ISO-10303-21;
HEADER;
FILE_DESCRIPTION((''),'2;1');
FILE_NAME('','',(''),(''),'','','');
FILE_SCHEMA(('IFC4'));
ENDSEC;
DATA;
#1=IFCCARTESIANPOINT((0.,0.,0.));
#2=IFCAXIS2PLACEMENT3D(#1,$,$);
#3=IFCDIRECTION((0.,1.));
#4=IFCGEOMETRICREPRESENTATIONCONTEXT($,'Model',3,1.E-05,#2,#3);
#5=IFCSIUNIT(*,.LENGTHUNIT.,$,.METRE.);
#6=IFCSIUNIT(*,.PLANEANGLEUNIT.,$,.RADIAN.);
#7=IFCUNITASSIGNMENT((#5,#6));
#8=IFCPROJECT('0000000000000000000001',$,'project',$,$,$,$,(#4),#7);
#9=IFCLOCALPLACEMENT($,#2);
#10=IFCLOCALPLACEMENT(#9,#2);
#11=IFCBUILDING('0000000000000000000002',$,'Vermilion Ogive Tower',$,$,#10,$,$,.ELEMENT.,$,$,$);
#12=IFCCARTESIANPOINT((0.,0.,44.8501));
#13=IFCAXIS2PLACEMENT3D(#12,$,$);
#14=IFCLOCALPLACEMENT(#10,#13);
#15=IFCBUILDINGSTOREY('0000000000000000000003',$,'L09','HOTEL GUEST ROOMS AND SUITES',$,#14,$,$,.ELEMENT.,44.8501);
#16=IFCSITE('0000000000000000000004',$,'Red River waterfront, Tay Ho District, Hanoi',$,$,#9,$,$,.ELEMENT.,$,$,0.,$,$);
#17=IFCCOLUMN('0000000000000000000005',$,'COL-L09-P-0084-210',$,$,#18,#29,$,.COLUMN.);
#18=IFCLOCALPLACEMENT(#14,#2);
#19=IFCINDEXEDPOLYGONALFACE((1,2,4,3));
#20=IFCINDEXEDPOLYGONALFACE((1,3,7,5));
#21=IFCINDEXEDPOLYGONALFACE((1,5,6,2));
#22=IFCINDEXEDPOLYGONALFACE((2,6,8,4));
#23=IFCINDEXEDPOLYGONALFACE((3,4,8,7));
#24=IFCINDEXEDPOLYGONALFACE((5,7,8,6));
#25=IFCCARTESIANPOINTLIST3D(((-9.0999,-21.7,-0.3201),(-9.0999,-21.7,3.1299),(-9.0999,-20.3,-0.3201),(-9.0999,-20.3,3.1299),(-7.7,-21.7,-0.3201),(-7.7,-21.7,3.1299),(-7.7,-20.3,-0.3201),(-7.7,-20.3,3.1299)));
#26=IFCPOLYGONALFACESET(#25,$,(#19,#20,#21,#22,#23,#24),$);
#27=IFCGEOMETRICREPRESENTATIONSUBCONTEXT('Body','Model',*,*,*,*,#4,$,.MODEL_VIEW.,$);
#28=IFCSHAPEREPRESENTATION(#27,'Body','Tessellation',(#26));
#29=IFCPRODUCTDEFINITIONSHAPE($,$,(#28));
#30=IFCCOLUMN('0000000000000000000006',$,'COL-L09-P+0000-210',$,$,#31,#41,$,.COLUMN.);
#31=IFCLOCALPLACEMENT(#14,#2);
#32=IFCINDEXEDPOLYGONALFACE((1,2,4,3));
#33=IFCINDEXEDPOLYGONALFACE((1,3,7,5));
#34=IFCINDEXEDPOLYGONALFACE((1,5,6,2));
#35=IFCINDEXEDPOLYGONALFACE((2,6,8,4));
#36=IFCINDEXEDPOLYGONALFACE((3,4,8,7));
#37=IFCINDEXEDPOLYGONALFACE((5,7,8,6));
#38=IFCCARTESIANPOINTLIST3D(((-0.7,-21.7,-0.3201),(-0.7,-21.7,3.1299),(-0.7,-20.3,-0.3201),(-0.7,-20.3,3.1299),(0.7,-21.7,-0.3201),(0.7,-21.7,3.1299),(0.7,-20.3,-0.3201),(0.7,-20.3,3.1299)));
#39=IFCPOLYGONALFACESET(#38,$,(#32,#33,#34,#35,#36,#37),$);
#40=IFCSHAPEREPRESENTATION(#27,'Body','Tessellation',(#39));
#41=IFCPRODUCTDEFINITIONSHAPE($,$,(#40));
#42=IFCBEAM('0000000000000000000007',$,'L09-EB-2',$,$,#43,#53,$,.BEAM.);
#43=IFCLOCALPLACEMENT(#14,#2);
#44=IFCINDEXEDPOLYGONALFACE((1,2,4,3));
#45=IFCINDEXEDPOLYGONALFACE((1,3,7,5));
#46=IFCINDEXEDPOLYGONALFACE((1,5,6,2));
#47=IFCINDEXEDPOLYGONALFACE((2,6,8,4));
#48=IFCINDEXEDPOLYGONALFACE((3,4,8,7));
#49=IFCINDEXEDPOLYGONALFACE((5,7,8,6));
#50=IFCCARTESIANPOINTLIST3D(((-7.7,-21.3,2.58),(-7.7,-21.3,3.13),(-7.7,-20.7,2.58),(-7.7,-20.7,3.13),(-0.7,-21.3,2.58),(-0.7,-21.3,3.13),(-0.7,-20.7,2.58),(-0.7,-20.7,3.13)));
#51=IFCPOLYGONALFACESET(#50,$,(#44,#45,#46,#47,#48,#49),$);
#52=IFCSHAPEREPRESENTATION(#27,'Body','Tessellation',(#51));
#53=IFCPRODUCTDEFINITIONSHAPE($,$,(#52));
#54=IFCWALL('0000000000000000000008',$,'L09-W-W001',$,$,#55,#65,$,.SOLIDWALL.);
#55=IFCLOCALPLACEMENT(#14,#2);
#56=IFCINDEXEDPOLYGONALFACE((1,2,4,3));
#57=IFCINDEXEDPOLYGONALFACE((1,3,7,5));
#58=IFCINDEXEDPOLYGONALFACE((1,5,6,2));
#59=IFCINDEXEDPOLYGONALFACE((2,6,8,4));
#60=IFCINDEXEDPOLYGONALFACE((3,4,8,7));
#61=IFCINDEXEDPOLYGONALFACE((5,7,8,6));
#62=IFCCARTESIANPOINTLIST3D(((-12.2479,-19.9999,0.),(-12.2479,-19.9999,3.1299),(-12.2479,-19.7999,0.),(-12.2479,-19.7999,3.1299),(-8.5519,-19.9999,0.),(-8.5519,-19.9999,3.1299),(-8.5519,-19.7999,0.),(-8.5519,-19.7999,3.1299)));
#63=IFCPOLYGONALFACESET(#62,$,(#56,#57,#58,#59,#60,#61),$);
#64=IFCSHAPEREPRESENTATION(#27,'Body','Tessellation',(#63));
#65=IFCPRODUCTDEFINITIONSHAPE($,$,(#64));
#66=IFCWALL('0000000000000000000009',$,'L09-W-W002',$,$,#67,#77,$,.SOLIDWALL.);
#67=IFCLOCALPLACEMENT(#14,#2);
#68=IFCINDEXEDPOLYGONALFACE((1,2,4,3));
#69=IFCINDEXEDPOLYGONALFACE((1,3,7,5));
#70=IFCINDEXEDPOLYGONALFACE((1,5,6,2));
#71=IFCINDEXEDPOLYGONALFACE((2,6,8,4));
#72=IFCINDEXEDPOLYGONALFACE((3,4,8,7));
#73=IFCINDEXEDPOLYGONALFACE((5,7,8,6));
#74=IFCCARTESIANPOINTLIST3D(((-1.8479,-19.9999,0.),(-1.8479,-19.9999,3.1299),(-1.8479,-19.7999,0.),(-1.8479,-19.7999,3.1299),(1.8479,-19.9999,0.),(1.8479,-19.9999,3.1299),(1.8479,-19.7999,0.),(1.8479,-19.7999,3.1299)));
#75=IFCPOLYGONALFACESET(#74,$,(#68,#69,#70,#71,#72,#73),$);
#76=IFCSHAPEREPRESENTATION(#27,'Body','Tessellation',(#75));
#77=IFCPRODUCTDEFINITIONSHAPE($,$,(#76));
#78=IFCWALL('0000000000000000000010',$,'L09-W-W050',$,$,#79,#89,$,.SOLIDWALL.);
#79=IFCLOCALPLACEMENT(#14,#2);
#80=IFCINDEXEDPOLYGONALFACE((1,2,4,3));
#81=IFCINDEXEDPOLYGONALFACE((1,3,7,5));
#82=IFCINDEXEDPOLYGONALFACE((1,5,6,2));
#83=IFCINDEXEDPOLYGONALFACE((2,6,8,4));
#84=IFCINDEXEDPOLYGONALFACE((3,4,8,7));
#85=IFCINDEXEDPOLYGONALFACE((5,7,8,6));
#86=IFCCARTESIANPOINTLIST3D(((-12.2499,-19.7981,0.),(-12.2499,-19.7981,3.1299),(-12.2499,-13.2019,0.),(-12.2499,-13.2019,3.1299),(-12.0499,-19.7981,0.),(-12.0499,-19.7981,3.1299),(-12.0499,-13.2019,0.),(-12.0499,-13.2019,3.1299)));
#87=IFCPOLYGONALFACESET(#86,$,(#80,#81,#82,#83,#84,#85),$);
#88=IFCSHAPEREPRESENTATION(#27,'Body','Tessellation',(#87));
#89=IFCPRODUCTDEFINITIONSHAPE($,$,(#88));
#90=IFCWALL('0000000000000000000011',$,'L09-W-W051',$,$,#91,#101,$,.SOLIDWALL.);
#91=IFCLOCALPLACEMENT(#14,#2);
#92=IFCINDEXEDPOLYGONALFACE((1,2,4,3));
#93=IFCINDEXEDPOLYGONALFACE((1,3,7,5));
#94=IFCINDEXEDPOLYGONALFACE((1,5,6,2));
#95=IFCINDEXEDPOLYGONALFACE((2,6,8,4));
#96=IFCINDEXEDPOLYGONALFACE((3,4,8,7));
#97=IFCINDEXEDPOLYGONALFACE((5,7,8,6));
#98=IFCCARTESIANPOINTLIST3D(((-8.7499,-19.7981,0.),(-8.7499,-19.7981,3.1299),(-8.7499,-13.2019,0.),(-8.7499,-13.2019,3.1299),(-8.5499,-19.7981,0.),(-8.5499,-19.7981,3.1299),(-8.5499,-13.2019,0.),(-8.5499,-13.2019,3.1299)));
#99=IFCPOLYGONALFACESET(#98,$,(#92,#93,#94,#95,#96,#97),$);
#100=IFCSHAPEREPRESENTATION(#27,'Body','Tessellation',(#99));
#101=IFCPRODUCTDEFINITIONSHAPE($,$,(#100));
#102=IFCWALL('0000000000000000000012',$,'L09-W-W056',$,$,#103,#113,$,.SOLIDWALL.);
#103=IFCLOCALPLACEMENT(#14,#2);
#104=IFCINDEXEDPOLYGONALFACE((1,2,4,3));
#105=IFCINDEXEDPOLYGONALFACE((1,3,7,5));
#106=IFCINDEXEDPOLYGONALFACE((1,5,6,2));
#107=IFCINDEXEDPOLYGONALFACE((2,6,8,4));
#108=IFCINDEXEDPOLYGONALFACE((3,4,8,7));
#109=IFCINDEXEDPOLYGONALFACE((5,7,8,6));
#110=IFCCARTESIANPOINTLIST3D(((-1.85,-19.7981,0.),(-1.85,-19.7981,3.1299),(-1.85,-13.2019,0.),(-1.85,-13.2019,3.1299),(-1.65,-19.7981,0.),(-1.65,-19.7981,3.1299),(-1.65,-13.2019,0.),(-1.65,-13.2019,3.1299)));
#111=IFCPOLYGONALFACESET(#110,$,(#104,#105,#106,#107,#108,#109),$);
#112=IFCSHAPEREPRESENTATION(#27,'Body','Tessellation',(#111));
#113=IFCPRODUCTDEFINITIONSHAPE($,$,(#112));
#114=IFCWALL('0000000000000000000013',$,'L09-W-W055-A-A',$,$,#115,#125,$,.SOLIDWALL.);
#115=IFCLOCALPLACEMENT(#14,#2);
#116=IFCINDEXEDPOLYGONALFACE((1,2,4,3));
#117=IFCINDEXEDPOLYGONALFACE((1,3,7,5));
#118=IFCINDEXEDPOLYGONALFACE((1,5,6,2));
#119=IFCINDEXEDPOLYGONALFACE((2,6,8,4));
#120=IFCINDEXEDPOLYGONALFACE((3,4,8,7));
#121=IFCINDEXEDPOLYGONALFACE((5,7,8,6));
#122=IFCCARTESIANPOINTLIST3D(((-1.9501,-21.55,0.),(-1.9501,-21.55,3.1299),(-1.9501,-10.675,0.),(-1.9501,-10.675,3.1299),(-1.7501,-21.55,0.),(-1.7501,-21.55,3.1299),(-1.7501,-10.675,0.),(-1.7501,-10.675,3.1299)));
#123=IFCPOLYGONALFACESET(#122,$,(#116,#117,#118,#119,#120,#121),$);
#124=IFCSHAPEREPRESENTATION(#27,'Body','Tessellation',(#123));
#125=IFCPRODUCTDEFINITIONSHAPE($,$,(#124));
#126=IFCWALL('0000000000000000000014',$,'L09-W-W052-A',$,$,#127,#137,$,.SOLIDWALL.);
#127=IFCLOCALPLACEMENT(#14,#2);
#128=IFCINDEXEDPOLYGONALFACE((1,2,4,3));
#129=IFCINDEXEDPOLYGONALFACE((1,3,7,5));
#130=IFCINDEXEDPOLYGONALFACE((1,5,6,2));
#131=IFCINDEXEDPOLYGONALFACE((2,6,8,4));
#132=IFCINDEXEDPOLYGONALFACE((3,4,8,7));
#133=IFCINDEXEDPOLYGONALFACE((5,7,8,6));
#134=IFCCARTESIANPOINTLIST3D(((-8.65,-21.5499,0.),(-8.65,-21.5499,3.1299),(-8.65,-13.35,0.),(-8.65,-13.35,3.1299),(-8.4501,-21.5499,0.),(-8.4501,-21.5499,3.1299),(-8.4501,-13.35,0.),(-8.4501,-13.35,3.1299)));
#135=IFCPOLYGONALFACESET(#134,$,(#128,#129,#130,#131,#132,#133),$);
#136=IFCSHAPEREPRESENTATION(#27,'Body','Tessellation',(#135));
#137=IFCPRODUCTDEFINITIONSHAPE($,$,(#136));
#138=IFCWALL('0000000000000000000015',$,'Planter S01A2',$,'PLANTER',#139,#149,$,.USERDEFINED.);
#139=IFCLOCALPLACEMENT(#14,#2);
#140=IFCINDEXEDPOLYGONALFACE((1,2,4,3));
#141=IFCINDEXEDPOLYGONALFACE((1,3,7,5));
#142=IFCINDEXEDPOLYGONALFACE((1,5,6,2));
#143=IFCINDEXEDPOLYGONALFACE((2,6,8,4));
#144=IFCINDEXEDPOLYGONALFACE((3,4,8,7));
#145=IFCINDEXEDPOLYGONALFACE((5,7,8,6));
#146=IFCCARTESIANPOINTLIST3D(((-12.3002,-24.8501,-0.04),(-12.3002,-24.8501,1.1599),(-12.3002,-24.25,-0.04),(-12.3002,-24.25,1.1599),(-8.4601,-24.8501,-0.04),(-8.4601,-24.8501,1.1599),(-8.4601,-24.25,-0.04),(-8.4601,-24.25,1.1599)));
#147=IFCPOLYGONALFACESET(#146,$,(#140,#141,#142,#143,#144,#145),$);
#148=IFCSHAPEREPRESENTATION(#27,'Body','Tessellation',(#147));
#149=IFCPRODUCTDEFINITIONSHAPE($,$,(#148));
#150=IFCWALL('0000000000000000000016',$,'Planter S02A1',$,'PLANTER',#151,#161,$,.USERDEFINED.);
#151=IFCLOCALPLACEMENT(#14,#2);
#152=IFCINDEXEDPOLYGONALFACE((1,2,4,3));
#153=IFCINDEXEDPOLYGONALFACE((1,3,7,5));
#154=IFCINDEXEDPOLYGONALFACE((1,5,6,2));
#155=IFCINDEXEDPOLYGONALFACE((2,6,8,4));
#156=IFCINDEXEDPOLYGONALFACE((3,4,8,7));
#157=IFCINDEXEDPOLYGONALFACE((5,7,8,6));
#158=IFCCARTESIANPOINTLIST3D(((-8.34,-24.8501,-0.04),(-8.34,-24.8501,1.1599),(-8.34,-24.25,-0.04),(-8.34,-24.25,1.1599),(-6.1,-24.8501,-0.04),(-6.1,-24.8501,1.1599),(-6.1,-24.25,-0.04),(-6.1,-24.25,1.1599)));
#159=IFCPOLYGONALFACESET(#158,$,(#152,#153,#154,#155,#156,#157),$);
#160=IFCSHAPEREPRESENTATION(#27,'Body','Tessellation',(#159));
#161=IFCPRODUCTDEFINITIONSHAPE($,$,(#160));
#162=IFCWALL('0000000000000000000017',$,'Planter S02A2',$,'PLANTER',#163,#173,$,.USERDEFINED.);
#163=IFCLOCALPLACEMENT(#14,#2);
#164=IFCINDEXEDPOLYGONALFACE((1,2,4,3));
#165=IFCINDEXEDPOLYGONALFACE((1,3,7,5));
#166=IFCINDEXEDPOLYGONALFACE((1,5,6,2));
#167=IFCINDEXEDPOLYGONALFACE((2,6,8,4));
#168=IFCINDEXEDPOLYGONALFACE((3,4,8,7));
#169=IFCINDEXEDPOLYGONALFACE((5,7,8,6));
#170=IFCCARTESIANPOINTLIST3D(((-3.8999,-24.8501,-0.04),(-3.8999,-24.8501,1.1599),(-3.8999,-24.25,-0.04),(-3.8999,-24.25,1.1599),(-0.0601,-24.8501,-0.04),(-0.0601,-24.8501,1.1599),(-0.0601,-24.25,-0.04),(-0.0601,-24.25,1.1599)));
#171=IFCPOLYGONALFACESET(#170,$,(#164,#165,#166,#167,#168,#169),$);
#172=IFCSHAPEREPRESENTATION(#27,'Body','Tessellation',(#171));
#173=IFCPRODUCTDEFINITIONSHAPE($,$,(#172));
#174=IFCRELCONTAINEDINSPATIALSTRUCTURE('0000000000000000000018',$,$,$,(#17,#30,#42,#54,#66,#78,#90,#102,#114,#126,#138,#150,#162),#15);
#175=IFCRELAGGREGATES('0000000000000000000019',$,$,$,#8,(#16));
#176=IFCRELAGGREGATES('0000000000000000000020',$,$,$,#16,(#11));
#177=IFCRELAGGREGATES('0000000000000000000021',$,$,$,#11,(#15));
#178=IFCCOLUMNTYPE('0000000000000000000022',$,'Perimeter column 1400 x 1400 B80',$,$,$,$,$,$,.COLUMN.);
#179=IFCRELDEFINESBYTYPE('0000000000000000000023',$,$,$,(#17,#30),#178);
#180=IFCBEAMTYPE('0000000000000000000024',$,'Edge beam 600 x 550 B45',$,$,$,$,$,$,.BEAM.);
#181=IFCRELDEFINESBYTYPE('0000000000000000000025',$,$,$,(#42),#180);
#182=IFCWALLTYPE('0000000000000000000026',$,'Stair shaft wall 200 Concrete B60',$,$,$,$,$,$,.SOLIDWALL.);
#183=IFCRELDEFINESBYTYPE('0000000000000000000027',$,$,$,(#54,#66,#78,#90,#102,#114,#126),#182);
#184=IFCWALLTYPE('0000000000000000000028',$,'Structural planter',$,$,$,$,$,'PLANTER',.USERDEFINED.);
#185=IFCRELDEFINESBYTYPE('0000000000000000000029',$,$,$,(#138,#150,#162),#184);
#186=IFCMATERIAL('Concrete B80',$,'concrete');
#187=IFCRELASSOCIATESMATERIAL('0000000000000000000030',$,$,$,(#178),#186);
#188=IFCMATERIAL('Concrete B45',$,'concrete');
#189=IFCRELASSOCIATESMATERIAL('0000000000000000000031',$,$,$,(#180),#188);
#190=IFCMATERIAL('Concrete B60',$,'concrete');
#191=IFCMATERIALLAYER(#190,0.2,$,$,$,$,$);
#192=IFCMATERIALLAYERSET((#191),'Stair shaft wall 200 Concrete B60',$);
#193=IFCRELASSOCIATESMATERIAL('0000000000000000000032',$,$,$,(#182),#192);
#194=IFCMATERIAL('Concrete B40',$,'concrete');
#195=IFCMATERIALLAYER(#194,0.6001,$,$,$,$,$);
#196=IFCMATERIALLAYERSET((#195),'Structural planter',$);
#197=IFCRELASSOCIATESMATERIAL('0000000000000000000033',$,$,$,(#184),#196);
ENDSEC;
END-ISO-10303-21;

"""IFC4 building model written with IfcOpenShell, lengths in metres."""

from ifc_helpers import new_model, si_unit, direction, frame, frame_2d, origin, origin_2d, place, context, subcontext, project, spatial, rectangle, extrude, material, layer, layer_set, material_profile, profile_set, type_object, element, save


model = new_model("IFC4")

# Units and contexts
model_context = context("Model", 3, precision=1e-05, world=origin(), true_north=direction((0.0, 1.0)))
body_context = subcontext(model_context, "Body", "Model", "MODEL_VIEW")
ifc_project = project(units=[si_unit("LENGTHUNIT", "METRE"), si_unit("PLANEANGLEUNIT", "RADIAN")], contexts=[model_context])

# Site, building, storey
site_placement = place(None, origin())
site = spatial("IfcSite", under=ifc_project, at=site_placement, Name="Red River waterfront, Tay Ho District, Hanoi", CompositionType="ELEMENT", RefElevation=0.0)
building_placement = place(site_placement, origin())
building = spatial("IfcBuilding", under=site, at=building_placement, Name="Vermilion Ogive Tower", CompositionType="ELEMENT")
storey_placement = place(building_placement, frame((0.0, 0.0, 44.8501)))
storey = spatial("IfcBuildingStorey", under=building, at=storey_placement, Name="L09", Description="HOTEL GUEST ROOMS AND SUITES", CompositionType="ELEMENT", Elevation=44.8501)

# Columns
ifc_material_1 = material(Name="Concrete B80", Category="concrete")
ifc_material_profile_1 = material_profile(ifc_material_1, rectangle(XDim=1.3999, YDim=1.3999, at=origin_2d()), Name="1400 x 1400")
ifc_profile_set_1 = profile_set([ifc_material_profile_1], Name="Concrete B80")
column_type = type_object("IfcColumnType", Name="Perimeter column 1400 x 1400 B80", PredefinedType="COLUMN", material=ifc_profile_set_1)
for number, where, z_axis, x_axis, name in (
    (1, (-8.3999, -21.0, -0.3201), (0.0, 0.0, 1.0), (1.0, 0.0, 0.0), "COL-L09-P-0084-210"),
    (2, (0.0, -21.0, -0.3201), (0.0, 0.0, 1.0), (1.0, 0.0, 0.0), "COL-L09-P+0000-210"),
):
    element("IfcColumn", number, at=place(storey_placement, frame(where, z_axis=z_axis, x_axis=x_axis)), inside=storey, type_object=column_type, Name=name, PredefinedType="COLUMN", context=body_context, shape_type="SweptSolid", body=[
        extrude(rectangle(XDim=1.3999, YDim=1.3999, at=origin_2d()), origin(), (0.0, 0.0, 1.0), 3.45),
    ])

# Beam
ifc_material_2 = material(Name="Concrete B45", Category="concrete")
ifc_material_profile_2 = material_profile(ifc_material_2, rectangle(XDim=0.6001, YDim=0.55, at=origin_2d()), Name="600 x 550")
ifc_profile_set_2 = profile_set([ifc_material_profile_2], Name="Concrete B45")
beam_type = type_object("IfcBeamType", Name="Edge beam 600 x 550 B45", PredefinedType="BEAM", material=ifc_profile_set_2)
beam_placement = place(storey_placement, frame((-7.7, -21.0, 2.855), z_axis=(1.0, 0.0, 0.0), x_axis=(0.0, 1.0, 0.0)))
element("IfcBeam", 3, at=beam_placement, inside=storey, type_object=beam_type, Name="L09-EB-2", PredefinedType="BEAM", context=body_context, shape_type="SweptSolid", body=[
    extrude(rectangle(XDim=0.6001, YDim=0.55, at=origin_2d()), origin(), (0.0, 0.0, 1.0), 7.0),
])

# Walls
ifc_material_3 = material(Name="Concrete B60", Category="concrete")
ifc_layer_1 = layer(ifc_material_3, 0.2)
ifc_layer_set_1 = layer_set([ifc_layer_1], Name="Stair shaft wall 200 Concrete B60")
wall_type_1 = type_object("IfcWallType", Name="Stair shaft wall 200 Concrete B60", PredefinedType="SOLIDWALL", material=ifc_layer_set_1)
wall_1_placement = place(storey_placement, frame((-12.248, -19.8999, 0.0), z_axis=(0.0, 0.0, 1.0), x_axis=(1.0, 0.0, 0.0)))
element("IfcWall", 4, at=wall_1_placement, inside=storey, type_object=wall_type_1, Name="L09-W-W001", PredefinedType="SOLIDWALL", context=body_context, shape_type="SweptSolid", body=[
    extrude(rectangle(XDim=3.696, YDim=0.2, at=frame_2d((1.8481, 0.0))), origin(), (0.0, 0.0, 1.0), 3.1299),
])
wall_2_placement = place(storey_placement, frame((-1.8479, -19.8999, 0.0), z_axis=(0.0, 0.0, 1.0), x_axis=(1.0, 0.0, 0.0)))
element("IfcWall", 5, at=wall_2_placement, inside=storey, type_object=wall_type_1, Name="L09-W-W002", PredefinedType="SOLIDWALL", context=body_context, shape_type="SweptSolid", body=[
    extrude(rectangle(XDim=3.6958, YDim=0.2, at=frame_2d((1.8479, 0.0))), origin(), (0.0, 0.0, 1.0), 3.1299),
])
for number, where, z_axis, x_axis, name in (
    (6, (-12.1499, -19.7981, 0.0), (0.0, 0.0, 1.0), (0.0, 1.0, 0.0), "L09-W-W050"),
    (7, (-8.6499, -19.7981, 0.0), (0.0, 0.0, 1.0), (0.0, 1.0, 0.0), "L09-W-W051"),
    (8, (-1.75, -19.7981, 0.0), (0.0, 0.0, 1.0), (0.0, 1.0, 0.0), "L09-W-W056"),
):
    element("IfcWall", number, at=place(storey_placement, frame(where, z_axis=z_axis, x_axis=x_axis)), inside=storey, type_object=wall_type_1, Name=name, PredefinedType="SOLIDWALL", context=body_context, shape_type="SweptSolid", body=[
        extrude(rectangle(XDim=6.5962, YDim=0.2, at=frame_2d((3.2981, 0.0))), origin(), (0.0, 0.0, 1.0), 3.1299),
    ])
wall_3_placement = place(storey_placement, frame((-1.8501, -21.55, 0.0), z_axis=(0.0, 0.0, 1.0), x_axis=(0.0, 1.0, 0.0)))
element("IfcWall", 9, at=wall_3_placement, inside=storey, type_object=wall_type_1, Name="L09-W-W055-A-A", PredefinedType="SOLIDWALL", context=body_context, shape_type="SweptSolid", body=[
    extrude(rectangle(XDim=10.875, YDim=0.2, at=frame_2d((5.4375, 0.0))), origin(), (0.0, 0.0, 1.0), 3.1299),
])
wall_4_placement = place(storey_placement, frame((-8.55, -21.55, 0.0), z_axis=(0.0, 0.0, 1.0), x_axis=(0.0, 1.0, 0.0)))
element("IfcWall", 10, at=wall_4_placement, inside=storey, type_object=wall_type_1, Name="L09-W-W052-A", PredefinedType="SOLIDWALL", context=body_context, shape_type="SweptSolid", body=[
    extrude(rectangle(XDim=8.2, YDim=0.2, at=frame_2d((4.1001, 0.0))), origin(), (0.0, 0.0, 1.0), 3.1299),
])
ifc_material_4 = material(Name="Concrete B40", Category="concrete")
ifc_layer_2 = layer(ifc_material_4, 0.6001)
ifc_layer_set_2 = layer_set([ifc_layer_2], Name="Structural planter")
wall_type_2 = type_object("IfcWallType", Name="Structural planter", ElementType="PLANTER", PredefinedType="USERDEFINED", material=ifc_layer_set_2)
wall_5_placement = place(storey_placement, frame((-12.3, -24.55, -0.04), z_axis=(0.0, 0.0, 1.0), x_axis=(1.0, 0.0, 0.0)))
element("IfcWall", 11, at=wall_5_placement, inside=storey, type_object=wall_type_2, Name="Planter S01A2", ObjectType="PLANTER", PredefinedType="USERDEFINED", context=body_context, shape_type="SweptSolid", body=[
    extrude(rectangle(XDim=3.8401, YDim=0.6001, at=frame_2d((1.9199, 0.0))), origin(), (0.0, 0.0, 1.0), 1.2),
])
wall_6_placement = place(storey_placement, frame((-8.3401, -24.55, -0.04), z_axis=(0.0, 0.0, 1.0), x_axis=(1.0, 0.0, 0.0)))
element("IfcWall", 12, at=wall_6_placement, inside=storey, type_object=wall_type_2, Name="Planter S02A1", ObjectType="PLANTER", PredefinedType="USERDEFINED", context=body_context, shape_type="SweptSolid", body=[
    extrude(rectangle(XDim=2.24, YDim=0.6001, at=frame_2d((1.1201, 0.0))), origin(), (0.0, 0.0, 1.0), 1.2),
])
wall_7_placement = place(storey_placement, frame((-3.8999, -24.55, -0.04), z_axis=(0.0, 0.0, 1.0), x_axis=(1.0, 0.0, 0.0)))
element("IfcWall", 13, at=wall_7_placement, inside=storey, type_object=wall_type_2, Name="Planter S02A2", ObjectType="PLANTER", PredefinedType="USERDEFINED", context=body_context, shape_type="SweptSolid", body=[
    extrude(rectangle(XDim=3.8398, YDim=0.6001, at=frame_2d((1.9199, 0.0))), origin(), (0.0, 0.0, 1.0), 1.2),
])

save(model, "model.ifc")
